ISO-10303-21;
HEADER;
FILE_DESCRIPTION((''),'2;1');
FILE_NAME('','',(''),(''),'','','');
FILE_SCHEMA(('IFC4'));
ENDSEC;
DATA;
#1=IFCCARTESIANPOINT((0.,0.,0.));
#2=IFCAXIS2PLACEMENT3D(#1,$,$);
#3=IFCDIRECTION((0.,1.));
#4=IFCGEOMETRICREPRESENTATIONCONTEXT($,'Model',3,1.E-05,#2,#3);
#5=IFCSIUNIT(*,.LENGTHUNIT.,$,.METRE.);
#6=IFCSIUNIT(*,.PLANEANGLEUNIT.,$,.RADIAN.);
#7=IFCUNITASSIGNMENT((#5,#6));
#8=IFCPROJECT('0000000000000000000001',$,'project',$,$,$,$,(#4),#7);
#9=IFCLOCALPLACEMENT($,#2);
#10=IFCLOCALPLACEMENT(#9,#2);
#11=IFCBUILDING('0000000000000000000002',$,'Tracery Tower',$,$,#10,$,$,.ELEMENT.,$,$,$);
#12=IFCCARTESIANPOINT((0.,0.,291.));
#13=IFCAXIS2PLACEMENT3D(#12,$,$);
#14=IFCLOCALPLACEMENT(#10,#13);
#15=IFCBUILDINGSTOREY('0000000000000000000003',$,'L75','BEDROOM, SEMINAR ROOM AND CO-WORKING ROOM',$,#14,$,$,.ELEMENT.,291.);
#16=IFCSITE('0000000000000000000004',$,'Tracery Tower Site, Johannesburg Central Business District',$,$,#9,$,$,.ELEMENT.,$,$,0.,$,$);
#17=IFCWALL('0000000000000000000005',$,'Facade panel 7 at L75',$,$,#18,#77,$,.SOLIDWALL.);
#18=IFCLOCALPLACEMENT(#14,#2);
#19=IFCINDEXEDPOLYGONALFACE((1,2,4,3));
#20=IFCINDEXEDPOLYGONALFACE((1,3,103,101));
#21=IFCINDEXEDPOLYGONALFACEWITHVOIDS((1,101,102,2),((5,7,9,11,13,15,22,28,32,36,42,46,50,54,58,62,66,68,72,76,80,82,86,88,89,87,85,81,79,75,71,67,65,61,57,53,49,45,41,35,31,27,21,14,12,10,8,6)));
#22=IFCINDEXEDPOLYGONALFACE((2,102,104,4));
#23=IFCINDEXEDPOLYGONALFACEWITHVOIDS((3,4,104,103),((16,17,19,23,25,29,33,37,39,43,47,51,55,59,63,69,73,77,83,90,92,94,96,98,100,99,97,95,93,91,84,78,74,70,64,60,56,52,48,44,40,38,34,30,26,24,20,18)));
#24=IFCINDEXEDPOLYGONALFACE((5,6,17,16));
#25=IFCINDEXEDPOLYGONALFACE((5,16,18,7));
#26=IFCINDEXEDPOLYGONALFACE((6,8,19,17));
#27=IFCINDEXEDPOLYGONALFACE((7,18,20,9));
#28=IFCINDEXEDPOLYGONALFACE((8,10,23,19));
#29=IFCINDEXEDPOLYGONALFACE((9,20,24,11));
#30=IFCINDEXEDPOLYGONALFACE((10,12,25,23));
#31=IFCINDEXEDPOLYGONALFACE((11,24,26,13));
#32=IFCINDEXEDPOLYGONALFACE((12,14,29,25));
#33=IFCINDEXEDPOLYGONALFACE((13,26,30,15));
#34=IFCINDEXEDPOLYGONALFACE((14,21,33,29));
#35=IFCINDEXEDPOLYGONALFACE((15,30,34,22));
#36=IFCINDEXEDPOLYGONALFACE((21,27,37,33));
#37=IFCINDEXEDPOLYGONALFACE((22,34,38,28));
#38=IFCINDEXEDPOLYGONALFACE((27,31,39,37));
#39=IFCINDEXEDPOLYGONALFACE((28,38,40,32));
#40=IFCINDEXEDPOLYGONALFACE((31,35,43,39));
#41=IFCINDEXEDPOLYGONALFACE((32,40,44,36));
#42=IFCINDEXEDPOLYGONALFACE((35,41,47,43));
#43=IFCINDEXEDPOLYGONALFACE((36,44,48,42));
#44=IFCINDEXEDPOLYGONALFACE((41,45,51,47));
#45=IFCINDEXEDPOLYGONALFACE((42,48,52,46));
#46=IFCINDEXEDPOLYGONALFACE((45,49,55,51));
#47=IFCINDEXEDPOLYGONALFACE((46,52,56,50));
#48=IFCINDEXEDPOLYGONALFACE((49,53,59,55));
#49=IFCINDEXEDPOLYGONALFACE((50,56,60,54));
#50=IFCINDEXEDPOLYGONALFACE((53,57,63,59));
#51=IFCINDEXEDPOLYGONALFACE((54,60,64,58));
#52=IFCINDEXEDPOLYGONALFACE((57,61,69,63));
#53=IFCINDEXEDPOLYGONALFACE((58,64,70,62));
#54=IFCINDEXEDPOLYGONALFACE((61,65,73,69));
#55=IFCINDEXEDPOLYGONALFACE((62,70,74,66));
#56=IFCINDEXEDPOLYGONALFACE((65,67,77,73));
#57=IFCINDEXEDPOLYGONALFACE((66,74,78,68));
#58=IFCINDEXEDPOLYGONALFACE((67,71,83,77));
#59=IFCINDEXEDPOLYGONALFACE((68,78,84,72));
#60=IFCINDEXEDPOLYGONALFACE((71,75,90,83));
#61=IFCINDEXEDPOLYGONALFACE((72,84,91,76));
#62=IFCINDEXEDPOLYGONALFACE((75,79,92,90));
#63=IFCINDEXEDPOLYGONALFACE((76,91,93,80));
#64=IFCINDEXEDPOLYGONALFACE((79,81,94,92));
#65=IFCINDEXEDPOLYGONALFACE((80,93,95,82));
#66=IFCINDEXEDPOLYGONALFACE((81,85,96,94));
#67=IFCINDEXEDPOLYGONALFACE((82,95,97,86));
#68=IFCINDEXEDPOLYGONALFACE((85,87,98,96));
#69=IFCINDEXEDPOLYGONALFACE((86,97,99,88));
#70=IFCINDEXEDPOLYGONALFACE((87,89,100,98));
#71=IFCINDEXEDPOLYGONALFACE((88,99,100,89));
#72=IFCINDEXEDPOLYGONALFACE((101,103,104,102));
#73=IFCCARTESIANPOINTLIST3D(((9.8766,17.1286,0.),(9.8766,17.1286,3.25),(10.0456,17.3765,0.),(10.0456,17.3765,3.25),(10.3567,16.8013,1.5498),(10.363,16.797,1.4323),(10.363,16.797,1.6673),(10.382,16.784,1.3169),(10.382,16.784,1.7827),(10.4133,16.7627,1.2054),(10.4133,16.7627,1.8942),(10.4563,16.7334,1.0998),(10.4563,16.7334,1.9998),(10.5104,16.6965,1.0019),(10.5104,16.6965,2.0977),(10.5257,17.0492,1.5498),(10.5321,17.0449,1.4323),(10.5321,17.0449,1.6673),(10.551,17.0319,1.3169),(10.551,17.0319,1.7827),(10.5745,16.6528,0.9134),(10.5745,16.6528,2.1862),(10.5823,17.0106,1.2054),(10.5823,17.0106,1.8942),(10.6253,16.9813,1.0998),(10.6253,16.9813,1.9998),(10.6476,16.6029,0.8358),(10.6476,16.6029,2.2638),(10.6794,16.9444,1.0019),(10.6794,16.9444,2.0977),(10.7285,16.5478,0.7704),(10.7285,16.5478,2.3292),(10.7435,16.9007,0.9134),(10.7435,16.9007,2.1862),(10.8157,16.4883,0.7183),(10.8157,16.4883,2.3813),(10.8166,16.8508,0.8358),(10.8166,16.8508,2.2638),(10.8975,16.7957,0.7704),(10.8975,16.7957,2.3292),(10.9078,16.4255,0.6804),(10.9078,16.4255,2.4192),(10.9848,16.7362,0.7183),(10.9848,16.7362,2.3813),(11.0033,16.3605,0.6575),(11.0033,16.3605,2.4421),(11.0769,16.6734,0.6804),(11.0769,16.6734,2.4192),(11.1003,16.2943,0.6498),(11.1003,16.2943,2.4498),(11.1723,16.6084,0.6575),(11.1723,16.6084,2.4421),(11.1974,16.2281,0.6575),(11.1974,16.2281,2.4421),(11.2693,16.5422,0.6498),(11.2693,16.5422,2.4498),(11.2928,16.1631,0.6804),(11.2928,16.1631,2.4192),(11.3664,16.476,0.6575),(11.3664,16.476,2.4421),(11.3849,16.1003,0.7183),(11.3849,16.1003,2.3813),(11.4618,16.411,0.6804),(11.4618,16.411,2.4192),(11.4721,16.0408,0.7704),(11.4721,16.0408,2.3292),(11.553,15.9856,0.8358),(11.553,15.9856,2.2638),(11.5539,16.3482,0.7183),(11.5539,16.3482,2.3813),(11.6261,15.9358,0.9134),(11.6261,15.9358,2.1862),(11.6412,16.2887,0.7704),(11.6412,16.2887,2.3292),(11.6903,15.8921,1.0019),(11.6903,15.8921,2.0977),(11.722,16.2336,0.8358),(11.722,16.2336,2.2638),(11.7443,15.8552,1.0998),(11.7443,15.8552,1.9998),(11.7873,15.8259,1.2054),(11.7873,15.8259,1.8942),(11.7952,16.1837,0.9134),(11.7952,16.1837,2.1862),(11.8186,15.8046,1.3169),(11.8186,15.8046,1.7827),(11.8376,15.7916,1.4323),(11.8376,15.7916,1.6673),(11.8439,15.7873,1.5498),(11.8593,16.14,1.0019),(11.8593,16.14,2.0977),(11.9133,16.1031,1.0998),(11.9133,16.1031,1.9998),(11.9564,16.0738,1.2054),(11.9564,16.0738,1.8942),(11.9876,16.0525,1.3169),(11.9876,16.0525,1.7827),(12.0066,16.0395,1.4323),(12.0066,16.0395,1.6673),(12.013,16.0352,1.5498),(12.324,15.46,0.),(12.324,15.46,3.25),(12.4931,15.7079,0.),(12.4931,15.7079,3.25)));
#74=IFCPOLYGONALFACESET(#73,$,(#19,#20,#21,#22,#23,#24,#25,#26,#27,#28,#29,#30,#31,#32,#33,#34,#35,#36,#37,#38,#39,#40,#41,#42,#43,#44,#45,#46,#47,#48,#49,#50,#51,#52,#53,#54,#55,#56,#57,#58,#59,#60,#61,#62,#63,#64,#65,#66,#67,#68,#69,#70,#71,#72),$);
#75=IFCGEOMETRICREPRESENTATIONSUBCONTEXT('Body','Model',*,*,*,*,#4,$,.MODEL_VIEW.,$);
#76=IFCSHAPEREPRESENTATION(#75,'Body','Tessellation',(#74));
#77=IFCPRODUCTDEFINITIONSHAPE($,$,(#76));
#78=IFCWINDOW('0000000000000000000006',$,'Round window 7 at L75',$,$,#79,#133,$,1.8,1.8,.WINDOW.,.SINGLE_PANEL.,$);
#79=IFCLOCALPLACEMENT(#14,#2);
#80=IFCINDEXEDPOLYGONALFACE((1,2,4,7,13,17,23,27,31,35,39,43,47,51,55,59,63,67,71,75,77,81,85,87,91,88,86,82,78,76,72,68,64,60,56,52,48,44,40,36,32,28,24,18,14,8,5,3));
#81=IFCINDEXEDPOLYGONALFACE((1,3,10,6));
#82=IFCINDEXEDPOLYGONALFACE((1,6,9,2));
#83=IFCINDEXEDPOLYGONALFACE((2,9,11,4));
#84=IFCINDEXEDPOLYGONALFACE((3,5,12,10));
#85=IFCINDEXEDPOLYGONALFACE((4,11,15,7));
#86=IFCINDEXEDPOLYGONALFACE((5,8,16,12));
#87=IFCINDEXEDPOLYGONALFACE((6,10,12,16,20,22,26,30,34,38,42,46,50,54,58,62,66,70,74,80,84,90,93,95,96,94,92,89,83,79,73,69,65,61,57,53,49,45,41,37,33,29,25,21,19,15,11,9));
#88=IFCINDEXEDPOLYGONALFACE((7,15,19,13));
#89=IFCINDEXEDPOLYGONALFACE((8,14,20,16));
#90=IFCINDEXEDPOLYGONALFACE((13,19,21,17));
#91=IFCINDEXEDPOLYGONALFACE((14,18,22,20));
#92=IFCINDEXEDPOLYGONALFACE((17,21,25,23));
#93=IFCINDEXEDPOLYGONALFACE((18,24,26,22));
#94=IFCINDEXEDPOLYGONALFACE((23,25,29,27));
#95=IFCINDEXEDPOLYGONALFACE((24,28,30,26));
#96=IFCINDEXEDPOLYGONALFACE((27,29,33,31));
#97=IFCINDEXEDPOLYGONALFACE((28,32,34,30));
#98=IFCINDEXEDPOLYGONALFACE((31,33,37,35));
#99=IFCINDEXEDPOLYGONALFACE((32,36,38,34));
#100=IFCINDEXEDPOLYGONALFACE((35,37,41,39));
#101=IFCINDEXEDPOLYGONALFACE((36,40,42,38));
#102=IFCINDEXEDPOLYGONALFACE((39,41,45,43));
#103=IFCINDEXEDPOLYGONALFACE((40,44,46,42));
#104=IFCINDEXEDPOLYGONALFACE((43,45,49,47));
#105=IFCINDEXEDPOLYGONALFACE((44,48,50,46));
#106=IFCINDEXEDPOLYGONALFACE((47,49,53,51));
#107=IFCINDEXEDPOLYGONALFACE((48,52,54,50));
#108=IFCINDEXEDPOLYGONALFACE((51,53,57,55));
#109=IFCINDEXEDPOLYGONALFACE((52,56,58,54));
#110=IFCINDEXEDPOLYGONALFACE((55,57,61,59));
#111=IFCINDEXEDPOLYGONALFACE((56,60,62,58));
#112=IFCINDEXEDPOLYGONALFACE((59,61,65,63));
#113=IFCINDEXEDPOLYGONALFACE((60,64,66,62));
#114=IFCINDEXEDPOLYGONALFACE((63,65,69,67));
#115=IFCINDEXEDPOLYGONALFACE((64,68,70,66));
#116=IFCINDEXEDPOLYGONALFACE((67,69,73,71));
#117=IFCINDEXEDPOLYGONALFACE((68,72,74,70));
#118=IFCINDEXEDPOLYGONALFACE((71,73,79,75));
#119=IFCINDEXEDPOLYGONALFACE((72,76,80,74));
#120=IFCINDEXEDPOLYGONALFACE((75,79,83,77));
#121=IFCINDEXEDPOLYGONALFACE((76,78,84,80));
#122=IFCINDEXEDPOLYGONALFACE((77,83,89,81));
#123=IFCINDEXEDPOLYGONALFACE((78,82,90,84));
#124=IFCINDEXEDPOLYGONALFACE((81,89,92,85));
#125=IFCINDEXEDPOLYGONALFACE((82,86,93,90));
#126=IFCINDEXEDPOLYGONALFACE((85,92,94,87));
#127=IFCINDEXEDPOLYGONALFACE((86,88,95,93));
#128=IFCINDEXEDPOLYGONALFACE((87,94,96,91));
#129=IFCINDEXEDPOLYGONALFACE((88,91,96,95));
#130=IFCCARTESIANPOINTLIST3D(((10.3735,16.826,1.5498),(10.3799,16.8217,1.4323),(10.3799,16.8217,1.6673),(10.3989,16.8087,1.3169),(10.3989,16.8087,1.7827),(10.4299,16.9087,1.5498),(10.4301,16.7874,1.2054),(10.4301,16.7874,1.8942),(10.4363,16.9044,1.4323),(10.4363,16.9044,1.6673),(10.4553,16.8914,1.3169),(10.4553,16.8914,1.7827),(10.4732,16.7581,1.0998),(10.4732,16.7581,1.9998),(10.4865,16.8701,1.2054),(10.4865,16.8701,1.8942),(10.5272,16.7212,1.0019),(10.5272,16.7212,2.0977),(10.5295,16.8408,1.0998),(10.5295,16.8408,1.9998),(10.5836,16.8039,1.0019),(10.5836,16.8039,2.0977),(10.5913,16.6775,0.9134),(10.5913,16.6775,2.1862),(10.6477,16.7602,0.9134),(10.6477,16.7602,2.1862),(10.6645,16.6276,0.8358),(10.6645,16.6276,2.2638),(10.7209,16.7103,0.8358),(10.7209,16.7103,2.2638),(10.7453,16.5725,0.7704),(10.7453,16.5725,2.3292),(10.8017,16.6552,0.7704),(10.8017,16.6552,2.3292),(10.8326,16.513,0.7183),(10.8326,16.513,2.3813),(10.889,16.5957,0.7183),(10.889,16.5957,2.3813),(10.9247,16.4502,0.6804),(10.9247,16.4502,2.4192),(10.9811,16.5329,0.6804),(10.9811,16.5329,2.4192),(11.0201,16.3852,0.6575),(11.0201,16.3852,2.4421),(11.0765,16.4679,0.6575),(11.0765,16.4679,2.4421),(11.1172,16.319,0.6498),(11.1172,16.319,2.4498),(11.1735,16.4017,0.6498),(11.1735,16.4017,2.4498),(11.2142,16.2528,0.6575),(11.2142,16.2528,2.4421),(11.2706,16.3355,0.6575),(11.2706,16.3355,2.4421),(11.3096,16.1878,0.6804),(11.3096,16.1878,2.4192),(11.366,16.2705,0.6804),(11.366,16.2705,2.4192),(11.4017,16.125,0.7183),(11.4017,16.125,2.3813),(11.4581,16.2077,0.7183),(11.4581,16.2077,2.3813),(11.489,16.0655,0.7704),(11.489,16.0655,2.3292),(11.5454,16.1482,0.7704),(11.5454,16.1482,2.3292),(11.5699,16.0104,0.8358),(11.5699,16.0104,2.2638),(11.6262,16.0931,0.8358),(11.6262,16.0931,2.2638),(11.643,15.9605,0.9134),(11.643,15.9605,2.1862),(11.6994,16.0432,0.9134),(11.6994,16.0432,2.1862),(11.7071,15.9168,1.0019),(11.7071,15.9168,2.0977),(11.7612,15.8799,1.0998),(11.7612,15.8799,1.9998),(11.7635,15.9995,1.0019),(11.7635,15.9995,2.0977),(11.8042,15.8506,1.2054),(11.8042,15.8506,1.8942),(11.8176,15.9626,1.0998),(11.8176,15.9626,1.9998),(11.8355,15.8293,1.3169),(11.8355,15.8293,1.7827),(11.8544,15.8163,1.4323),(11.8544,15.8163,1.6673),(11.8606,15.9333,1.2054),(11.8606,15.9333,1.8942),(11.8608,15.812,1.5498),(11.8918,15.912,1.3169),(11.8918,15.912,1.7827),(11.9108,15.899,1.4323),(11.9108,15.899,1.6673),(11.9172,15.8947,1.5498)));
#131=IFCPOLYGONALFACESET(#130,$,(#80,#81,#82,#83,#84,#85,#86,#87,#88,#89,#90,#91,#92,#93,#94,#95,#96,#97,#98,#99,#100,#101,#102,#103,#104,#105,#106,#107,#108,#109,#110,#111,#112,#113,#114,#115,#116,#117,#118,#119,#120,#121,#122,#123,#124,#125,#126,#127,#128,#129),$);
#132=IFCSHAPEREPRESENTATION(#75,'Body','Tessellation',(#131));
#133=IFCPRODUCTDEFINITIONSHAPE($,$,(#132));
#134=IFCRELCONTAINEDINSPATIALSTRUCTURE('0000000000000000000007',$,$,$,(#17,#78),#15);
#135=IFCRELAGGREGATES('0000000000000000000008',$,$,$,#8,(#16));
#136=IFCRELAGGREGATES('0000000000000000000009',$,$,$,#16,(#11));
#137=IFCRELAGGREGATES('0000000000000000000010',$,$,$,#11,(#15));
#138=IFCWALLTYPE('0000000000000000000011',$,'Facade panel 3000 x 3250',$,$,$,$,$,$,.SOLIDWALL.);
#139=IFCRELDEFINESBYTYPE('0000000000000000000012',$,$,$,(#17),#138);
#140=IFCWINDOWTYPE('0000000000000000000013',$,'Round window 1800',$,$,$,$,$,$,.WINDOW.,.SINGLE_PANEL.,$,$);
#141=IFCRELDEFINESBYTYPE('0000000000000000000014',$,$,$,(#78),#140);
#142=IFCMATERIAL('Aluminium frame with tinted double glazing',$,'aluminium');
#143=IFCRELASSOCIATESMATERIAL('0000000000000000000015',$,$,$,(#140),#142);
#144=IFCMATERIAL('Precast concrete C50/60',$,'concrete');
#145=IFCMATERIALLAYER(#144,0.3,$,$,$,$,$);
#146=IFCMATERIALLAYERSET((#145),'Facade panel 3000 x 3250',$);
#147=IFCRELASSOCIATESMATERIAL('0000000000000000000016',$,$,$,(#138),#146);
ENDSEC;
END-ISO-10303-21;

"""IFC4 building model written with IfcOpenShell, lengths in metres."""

from ifc_helpers import new_model, si_unit, direction, frame, frame_2d, origin, origin_2d, place, context, subcontext, project, spatial, rectangle, circle, extrude, material, layer, layer_set, type_object, element, fill, save


model = new_model("IFC4")

# Units and contexts
model_context = context("Model", 3, precision=1e-05, world=origin(), true_north=direction((0.0, 1.0)))
body_context = subcontext(model_context, "Body", "Model", "MODEL_VIEW")
ifc_project = project(units=[si_unit("LENGTHUNIT", "METRE"), si_unit("PLANEANGLEUNIT", "RADIAN")], contexts=[model_context])

# Site, building, storey
site_placement = place(None, origin())
site = spatial("IfcSite", under=ifc_project, at=site_placement, Name="Tracery Tower Site, Johannesburg Central Business District", CompositionType="ELEMENT", RefElevation=0.0)
building_placement = place(site_placement, origin())
building = spatial("IfcBuilding", under=site, at=building_placement, Name="Tracery Tower", CompositionType="ELEMENT")
storey_placement = place(building_placement, frame((0.0, 0.0, 291.0)))
storey = spatial("IfcBuildingStorey", under=building, at=storey_placement, Name="L75", Description="BEDROOM, SEMINAR ROOM AND CO-WORKING ROOM", CompositionType="ELEMENT", Elevation=291.0)

# Wall, opening, window
ifc_material_1 = material(Name="Aluminium frame with tinted double glazing", Category="aluminium")
window_type = type_object("IfcWindowType", Name="Round window 1800", PartitioningType="SINGLE_PANEL", PredefinedType="WINDOW", material=ifc_material_1)
ifc_material_2 = material(Name="Precast concrete C50/60", Category="concrete")
ifc_layer_1 = layer(ifc_material_2, 0.3)
ifc_layer_set_1 = layer_set([ifc_layer_1], Name="Facade panel 3000 x 3250")
wall_type_1 = type_object("IfcWallType", Name="Facade panel 3000 x 3250", PredefinedType="SOLIDWALL", material=ifc_layer_set_1)
wall_1_placement = place(storey_placement, frame((12.4084, 15.584, 0.0), z_axis=(0.0, 0.0, 1.0), x_axis=(-0.826236, 0.563324, 0.0)))
wall_1 = element("IfcWall", 1, at=wall_1_placement, inside=storey, type_object=wall_type_1, Name="Facade panel 7 at L75", PredefinedType="SOLIDWALL", context=body_context, shape_type="SweptSolid", body=[
    extrude(rectangle(XDim=2.9622, YDim=0.3, at=frame_2d((1.481, 0.0))), origin(), (0.0, 0.0, 1.0), 3.25),
])
opening_1_placement = place(wall_1_placement, frame((1.481, 0.0, 1.5498)))
opening_1 = element("IfcOpeningElement", 2, at=opening_1_placement, cuts=wall_1, PredefinedType="OPENING", context=body_context, shape_type="SweptSolid", body=[
    extrude(circle(Radius=0.9, at=origin_2d()), frame((0.0, 0.1599, 0.0), z_axis=(0.0, -1.0, 0.0), x_axis=(1.0, 0.0, 0.0)), (0.0, 0.0, 1.0), 0.3201),
])
window_1_placement = place(opening_1_placement, origin())
window_1 = element("IfcWindow", 3, at=window_1_placement, inside=storey, type_object=window_type, Name="Round window 7 at L75", OverallHeight=1.8, OverallWidth=1.8, PartitioningType="SINGLE_PANEL", PredefinedType="WINDOW", context=body_context, shape_type="SweptSolid", body=[
    extrude(circle(Radius=0.9, at=origin_2d()), frame((0.0, 0.1201, 0.0), z_axis=(0.0, -1.0, 0.0), x_axis=(1.0, 0.0, 0.0)), (0.0, 0.0, 1.0), 0.1001),
])
fill(opening_1, window_1)

save(model, "model.ifc")
